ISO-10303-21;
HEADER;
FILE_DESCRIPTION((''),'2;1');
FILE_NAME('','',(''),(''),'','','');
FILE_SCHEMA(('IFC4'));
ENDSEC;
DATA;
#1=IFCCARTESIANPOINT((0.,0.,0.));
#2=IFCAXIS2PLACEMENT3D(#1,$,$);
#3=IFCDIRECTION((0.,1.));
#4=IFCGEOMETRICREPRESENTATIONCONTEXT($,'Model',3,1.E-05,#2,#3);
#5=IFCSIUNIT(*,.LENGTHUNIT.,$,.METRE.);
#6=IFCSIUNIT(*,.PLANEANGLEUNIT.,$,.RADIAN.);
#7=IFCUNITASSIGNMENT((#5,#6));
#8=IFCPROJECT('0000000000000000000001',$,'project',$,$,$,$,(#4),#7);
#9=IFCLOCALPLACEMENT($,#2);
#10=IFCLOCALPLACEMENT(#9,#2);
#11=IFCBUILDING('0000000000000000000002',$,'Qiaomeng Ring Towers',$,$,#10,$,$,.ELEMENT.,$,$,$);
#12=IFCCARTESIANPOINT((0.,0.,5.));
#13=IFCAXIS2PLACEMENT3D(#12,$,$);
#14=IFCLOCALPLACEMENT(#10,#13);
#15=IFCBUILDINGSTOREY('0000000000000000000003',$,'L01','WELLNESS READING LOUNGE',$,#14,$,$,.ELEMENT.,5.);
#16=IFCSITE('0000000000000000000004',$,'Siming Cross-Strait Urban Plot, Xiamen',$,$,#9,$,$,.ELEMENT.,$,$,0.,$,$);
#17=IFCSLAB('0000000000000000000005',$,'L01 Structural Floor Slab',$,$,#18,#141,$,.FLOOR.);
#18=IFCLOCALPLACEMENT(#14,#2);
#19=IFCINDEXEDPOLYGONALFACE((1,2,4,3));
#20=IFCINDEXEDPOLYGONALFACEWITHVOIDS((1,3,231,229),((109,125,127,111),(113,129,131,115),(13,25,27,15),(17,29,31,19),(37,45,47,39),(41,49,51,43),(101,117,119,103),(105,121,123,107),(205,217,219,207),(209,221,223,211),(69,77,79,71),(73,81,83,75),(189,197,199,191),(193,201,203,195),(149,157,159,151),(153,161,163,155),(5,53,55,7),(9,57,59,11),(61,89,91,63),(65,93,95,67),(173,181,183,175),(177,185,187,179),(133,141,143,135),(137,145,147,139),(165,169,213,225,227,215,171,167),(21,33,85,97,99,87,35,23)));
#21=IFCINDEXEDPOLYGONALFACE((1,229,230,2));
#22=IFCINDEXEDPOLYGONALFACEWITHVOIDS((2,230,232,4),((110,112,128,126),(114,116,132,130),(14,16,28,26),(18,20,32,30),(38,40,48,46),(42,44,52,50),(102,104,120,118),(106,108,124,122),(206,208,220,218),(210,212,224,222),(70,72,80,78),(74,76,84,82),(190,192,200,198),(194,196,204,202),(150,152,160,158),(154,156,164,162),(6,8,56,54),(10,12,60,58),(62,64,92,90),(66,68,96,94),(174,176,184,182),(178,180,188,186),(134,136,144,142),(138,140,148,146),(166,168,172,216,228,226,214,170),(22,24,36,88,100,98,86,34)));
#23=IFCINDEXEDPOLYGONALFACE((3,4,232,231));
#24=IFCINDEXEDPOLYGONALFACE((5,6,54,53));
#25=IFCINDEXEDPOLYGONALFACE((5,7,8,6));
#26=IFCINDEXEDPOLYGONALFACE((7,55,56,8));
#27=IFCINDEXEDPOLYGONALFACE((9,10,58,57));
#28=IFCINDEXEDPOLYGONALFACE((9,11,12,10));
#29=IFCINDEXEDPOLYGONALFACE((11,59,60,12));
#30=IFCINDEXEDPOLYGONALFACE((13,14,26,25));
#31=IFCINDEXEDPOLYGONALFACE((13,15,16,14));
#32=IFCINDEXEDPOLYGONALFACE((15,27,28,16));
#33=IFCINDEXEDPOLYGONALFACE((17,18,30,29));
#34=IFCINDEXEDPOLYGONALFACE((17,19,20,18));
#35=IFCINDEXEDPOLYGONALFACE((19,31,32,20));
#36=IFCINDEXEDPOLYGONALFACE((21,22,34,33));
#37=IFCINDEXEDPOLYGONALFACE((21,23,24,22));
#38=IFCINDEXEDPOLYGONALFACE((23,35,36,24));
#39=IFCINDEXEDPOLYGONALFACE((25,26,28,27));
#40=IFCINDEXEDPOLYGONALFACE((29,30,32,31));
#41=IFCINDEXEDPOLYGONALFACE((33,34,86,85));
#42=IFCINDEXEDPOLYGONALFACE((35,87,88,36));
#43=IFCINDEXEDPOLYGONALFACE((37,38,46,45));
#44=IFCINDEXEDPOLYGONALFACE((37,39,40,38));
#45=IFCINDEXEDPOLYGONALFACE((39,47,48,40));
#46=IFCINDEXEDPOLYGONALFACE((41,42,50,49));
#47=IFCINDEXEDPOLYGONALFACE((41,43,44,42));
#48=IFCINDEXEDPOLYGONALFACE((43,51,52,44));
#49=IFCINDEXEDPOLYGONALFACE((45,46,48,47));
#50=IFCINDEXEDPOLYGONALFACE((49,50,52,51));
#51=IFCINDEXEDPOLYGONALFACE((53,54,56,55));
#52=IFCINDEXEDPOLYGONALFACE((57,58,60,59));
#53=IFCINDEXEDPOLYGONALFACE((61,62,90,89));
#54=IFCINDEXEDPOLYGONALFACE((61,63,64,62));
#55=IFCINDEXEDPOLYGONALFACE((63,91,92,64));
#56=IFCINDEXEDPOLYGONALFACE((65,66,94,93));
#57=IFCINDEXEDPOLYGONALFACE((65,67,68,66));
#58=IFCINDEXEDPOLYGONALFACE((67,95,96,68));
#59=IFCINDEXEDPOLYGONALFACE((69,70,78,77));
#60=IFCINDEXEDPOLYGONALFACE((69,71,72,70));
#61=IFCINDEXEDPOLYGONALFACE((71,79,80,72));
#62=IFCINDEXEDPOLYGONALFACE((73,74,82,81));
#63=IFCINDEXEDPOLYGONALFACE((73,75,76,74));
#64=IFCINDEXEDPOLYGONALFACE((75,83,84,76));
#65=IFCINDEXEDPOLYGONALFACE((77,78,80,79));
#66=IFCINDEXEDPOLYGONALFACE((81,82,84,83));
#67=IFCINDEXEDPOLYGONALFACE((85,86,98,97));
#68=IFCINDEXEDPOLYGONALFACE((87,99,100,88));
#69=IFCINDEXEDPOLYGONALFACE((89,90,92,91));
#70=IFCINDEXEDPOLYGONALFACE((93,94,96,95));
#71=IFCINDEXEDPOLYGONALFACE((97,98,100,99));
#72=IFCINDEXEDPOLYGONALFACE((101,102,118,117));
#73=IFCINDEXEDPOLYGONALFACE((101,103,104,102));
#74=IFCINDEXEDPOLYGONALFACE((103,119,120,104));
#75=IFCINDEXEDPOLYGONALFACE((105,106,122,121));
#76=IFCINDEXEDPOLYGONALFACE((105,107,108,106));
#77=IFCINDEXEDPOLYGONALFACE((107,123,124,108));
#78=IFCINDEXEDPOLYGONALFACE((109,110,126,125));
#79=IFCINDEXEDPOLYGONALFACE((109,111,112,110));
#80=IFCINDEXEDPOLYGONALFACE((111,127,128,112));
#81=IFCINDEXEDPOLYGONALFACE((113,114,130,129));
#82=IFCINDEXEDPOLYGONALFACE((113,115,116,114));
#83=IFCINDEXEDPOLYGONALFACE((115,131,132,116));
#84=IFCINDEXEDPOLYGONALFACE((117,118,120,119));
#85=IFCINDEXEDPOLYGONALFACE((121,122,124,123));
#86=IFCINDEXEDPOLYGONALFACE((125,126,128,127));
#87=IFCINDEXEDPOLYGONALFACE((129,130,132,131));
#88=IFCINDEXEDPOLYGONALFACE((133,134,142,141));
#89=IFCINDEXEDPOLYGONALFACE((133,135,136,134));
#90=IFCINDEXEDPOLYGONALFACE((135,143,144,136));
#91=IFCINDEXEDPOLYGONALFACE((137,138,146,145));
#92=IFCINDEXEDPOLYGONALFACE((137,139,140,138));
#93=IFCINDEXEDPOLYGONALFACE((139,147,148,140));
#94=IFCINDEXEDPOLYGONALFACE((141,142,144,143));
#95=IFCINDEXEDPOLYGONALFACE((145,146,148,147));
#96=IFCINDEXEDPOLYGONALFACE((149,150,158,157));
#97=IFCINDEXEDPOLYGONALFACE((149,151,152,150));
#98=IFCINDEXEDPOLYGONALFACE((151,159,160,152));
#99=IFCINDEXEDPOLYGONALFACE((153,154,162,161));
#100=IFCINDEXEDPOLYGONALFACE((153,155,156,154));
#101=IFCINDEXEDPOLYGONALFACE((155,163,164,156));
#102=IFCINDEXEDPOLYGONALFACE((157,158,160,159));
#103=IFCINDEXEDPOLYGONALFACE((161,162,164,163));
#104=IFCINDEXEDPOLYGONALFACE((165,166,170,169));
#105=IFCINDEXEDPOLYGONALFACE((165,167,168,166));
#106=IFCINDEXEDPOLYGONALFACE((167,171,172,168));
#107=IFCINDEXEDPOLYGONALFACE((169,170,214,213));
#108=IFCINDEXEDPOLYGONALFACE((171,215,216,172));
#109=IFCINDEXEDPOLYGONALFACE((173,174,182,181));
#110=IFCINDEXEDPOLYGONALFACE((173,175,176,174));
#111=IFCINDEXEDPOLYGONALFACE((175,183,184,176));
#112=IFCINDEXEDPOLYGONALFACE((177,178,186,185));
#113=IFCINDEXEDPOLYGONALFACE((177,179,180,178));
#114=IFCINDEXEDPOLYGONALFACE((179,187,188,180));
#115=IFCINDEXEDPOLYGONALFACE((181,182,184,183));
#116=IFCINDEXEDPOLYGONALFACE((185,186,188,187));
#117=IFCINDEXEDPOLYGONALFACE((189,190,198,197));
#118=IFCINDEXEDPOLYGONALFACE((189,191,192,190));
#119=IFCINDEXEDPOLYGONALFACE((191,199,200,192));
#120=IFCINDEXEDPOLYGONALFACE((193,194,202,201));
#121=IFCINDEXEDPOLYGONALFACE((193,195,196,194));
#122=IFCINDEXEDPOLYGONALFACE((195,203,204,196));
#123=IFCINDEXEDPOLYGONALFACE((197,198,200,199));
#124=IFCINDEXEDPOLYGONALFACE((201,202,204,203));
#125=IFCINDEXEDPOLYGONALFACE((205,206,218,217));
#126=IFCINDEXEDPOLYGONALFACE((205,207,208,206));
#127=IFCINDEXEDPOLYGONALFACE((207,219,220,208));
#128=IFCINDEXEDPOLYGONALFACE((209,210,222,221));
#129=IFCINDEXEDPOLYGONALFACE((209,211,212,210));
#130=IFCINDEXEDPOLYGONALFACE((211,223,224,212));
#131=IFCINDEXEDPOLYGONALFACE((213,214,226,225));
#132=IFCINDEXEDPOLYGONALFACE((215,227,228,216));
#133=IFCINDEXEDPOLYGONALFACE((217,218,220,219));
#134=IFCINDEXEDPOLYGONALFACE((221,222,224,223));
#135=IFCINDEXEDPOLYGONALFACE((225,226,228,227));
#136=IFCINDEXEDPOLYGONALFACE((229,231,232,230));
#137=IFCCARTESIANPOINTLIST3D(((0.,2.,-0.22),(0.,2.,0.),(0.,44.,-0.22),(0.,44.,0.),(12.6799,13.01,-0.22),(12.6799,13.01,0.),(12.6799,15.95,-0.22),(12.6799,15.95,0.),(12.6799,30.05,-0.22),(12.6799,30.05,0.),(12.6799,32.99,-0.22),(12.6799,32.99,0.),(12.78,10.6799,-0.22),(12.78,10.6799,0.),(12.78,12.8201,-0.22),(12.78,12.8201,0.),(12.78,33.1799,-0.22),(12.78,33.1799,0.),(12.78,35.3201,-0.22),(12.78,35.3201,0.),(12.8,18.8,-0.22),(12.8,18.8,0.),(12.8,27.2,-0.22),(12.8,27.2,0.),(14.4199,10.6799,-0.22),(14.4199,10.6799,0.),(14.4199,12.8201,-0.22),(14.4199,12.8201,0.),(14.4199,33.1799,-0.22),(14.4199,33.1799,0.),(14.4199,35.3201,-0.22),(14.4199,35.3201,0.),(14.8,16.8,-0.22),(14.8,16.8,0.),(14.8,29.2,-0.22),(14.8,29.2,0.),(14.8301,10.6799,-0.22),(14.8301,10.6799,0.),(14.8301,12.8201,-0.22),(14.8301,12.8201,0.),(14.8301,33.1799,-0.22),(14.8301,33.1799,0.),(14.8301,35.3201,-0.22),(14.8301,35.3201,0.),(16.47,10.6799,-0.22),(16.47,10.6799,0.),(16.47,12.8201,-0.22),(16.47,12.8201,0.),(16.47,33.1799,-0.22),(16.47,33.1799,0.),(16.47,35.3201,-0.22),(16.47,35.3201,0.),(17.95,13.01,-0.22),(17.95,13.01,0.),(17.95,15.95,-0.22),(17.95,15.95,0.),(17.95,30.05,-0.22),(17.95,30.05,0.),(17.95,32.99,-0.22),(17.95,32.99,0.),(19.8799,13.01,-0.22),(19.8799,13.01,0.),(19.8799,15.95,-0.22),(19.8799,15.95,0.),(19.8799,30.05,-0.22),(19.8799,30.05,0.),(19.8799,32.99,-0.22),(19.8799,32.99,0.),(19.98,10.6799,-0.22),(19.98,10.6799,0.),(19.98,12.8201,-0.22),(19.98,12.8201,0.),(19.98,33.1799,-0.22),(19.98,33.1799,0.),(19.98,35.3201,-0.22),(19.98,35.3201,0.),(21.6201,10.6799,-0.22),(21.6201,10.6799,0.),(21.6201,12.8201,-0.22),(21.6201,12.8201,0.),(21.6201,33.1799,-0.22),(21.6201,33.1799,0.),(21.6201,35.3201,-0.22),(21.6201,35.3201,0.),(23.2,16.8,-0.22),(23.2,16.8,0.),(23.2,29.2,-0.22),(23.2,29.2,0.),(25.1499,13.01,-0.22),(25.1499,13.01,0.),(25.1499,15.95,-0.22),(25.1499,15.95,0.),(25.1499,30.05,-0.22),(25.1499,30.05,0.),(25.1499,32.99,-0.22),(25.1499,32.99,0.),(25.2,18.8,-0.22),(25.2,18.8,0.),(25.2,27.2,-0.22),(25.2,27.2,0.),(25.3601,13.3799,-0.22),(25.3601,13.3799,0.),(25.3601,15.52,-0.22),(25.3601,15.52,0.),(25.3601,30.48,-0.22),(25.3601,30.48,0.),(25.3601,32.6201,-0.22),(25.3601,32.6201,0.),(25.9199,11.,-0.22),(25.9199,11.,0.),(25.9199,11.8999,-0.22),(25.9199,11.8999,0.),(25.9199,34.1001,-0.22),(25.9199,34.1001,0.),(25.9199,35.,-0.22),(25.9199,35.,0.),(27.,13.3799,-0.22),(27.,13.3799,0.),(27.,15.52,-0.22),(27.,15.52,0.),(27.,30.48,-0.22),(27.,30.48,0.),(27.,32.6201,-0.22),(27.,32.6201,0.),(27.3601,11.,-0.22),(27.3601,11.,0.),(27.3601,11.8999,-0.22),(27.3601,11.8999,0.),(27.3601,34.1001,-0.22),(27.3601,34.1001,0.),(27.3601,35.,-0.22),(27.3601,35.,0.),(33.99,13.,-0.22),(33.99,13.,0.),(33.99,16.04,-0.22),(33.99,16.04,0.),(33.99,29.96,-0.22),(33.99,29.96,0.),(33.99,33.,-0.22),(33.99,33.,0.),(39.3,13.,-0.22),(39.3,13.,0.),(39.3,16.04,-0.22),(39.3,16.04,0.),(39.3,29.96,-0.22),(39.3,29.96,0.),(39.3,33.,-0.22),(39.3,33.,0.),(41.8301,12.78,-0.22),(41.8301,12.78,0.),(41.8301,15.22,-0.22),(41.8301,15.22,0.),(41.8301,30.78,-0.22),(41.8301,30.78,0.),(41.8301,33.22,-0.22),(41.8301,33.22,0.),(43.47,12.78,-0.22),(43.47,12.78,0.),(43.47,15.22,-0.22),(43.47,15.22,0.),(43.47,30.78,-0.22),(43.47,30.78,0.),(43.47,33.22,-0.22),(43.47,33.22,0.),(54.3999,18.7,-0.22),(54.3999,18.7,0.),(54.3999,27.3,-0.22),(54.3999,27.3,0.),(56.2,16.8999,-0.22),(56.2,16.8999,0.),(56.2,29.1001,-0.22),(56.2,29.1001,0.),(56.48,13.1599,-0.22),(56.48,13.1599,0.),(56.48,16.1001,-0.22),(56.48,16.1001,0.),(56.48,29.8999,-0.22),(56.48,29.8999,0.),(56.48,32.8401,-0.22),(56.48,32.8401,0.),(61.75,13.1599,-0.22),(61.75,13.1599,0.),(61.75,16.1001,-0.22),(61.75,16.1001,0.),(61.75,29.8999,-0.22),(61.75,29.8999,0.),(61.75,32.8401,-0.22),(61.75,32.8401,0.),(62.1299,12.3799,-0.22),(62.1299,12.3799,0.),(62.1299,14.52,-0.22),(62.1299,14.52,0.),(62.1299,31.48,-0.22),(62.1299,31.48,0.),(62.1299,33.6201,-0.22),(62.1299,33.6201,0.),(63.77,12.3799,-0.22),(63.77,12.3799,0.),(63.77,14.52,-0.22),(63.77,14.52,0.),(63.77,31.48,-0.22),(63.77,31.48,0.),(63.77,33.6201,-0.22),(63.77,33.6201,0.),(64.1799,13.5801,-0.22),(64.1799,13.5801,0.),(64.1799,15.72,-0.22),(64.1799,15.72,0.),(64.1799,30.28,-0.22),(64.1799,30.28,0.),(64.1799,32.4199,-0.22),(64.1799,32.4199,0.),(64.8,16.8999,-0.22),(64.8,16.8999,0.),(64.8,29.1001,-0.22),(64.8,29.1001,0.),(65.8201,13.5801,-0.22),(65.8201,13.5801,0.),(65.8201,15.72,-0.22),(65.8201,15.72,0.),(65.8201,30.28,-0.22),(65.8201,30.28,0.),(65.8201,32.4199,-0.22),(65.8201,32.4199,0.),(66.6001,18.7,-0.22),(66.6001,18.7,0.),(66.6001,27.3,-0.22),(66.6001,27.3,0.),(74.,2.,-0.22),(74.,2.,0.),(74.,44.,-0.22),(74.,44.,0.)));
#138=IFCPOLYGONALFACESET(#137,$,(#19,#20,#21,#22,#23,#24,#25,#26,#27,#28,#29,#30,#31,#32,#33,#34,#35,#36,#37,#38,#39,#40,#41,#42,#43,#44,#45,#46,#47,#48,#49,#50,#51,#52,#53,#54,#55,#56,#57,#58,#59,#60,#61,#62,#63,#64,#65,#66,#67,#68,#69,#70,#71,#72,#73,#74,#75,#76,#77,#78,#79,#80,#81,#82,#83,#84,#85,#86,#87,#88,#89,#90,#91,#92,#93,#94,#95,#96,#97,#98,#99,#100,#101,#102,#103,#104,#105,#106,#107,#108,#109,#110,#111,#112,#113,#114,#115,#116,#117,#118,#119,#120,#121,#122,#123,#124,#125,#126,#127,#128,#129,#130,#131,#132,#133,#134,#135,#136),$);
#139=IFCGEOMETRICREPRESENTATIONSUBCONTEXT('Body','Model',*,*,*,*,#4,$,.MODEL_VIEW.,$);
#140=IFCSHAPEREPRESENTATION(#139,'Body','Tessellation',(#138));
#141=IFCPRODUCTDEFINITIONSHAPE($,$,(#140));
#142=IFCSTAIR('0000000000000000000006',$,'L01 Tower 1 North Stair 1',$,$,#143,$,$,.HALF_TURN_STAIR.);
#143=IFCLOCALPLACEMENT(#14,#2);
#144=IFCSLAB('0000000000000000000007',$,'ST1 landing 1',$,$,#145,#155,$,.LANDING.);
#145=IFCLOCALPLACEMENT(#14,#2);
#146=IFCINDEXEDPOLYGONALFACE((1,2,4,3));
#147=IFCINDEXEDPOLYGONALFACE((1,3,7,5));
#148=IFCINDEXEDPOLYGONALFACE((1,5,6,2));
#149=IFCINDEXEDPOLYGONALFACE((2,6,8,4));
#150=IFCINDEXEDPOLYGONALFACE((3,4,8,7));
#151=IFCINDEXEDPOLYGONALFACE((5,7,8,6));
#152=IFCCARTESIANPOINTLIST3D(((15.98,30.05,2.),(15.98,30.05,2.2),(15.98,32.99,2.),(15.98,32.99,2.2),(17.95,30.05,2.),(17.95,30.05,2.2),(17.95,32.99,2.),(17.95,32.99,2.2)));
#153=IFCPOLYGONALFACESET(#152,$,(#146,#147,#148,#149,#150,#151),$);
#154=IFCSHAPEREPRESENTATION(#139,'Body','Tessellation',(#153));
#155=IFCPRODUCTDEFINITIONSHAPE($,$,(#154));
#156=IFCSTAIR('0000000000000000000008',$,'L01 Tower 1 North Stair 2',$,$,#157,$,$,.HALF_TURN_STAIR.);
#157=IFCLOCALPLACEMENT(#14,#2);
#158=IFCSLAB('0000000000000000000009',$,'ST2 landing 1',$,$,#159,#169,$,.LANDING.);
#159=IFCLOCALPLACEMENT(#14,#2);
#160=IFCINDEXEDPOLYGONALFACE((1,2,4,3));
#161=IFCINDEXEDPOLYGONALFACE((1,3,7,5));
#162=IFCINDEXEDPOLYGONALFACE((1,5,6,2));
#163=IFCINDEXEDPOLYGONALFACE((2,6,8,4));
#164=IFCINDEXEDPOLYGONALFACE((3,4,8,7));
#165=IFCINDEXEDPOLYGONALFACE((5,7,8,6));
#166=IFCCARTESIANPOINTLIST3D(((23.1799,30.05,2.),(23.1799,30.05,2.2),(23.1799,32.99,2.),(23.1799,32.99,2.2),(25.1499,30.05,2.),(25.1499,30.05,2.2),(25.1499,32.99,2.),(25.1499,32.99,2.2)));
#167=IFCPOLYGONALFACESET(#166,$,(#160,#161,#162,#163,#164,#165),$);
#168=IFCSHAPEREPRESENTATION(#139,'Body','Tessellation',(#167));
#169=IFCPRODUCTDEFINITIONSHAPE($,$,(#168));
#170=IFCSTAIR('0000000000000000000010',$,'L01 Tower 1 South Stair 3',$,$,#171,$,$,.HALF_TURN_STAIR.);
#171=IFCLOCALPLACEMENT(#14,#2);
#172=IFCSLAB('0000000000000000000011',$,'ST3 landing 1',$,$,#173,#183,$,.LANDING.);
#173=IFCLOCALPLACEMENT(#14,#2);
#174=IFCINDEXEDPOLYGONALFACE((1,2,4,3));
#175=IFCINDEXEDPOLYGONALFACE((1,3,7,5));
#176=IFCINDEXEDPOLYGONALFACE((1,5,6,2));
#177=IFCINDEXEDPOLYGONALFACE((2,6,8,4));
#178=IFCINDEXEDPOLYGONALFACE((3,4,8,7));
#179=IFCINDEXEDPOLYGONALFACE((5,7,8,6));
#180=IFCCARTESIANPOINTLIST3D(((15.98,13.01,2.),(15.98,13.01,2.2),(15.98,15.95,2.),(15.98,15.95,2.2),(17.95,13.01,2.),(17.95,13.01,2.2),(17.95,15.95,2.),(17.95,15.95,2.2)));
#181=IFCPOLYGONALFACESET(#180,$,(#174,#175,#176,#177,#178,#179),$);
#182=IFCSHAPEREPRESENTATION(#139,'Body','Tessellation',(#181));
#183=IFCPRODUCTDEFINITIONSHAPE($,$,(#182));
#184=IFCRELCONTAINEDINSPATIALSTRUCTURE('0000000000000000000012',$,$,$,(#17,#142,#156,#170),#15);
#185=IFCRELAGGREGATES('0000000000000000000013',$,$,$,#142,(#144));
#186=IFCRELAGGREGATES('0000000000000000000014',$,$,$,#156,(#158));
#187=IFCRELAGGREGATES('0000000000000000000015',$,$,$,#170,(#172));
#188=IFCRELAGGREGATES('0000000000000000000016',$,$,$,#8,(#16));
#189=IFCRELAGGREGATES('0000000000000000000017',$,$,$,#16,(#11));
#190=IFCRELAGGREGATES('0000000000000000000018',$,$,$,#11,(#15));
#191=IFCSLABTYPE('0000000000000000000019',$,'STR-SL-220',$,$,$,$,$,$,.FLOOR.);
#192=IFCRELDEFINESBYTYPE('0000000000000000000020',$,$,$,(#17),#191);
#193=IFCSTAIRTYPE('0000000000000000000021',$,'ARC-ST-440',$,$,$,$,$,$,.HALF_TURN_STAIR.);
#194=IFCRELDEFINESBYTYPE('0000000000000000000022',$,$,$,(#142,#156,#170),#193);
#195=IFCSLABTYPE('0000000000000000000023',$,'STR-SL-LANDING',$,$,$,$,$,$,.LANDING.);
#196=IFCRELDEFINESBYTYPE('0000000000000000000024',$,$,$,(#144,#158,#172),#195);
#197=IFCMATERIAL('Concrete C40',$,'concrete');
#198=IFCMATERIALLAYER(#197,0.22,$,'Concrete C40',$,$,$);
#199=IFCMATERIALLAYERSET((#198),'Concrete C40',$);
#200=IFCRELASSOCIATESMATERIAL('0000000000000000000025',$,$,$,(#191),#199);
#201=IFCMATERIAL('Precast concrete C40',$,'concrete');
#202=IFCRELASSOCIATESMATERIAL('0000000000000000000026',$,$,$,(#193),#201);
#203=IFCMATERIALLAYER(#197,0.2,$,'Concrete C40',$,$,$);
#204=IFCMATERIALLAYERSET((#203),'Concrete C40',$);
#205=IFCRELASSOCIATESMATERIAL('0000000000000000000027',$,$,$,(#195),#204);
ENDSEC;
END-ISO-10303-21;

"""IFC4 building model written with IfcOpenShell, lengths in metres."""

from ifc_helpers import new_model, si_unit, direction, frame, origin, place, context, subcontext, project, spatial, polyline, outline, extrude, material, layer, layer_set, type_object, element, aggregate, save


model = new_model("IFC4")

# Units and contexts
model_context = context("Model", 3, precision=1e-05, world=origin(), true_north=direction((0.0, 1.0)))
body_context = subcontext(model_context, "Body", "Model", "MODEL_VIEW")
ifc_project = project(units=[si_unit("LENGTHUNIT", "METRE"), si_unit("PLANEANGLEUNIT", "RADIAN")], contexts=[model_context])

# Site, building, storey
site_placement = place(None, origin())
site = spatial("IfcSite", under=ifc_project, at=site_placement, Name="Siming Cross-Strait Urban Plot, Xiamen", CompositionType="ELEMENT", RefElevation=0.0)
building_placement = place(site_placement, origin())
building = spatial("IfcBuilding", under=site, at=building_placement, Name="Qiaomeng Ring Towers", CompositionType="ELEMENT")
storey_placement = place(building_placement, frame((0.0, 0.0, 5.0)))
storey = spatial("IfcBuildingStorey", under=building, at=storey_placement, Name="L01", Description="WELLNESS READING LOUNGE", CompositionType="ELEMENT", Elevation=5.0)

# Slab
ifc_material_1 = material(Name="Concrete C40", Category="concrete")
ifc_layer_1 = layer(ifc_material_1, 0.22, Name="Concrete C40")
ifc_layer_set_1 = layer_set([ifc_layer_1], Name="Concrete C40")
slab_type_1 = type_object("IfcSlabType", Name="STR-SL-220", PredefinedType="FLOOR", material=ifc_layer_set_1)
slab_1_placement = place(storey_placement, frame((0.0, 0.0, -0.22)))
element("IfcSlab", 1, at=slab_1_placement, inside=storey, type_object=slab_type_1, Name="L01 Structural Floor Slab", PredefinedType="FLOOR", context=body_context, shape_type="SweptSolid", body=[
    extrude(outline(polyline([(0.0, 2.0), (74.0, 2.0), (74.0, 44.0), (0.0, 44.0), (0.0, 2.0)]), holes=[polyline([(12.78, 12.8201), (14.4199, 12.8201), (14.4199, 10.6799), (12.78, 10.6799), (12.78, 12.8201)]), polyline([(16.47, 12.8201), (16.47, 10.6799), (14.8301, 10.6799), (14.8301, 12.8201), (16.47, 12.8201)]), polyline([(21.6201, 12.8201), (21.6201, 10.6799), (19.98, 10.6799), (19.98, 12.8201), (21.6201, 12.8201)]), polyline([(27.0, 15.52), (27.0, 13.3799), (25.3601, 13.3799), (25.3601, 15.52), (27.0, 15.52)]), polyline([(17.95, 15.95), (17.95, 13.01), (12.6799, 13.01), (12.6799, 15.95), (17.95, 15.95)]), polyline([(25.1499, 15.95), (25.1499, 13.01), (19.8799, 13.01), (19.8799, 15.95), (25.1499, 15.95)]), polyline([(25.2, 18.8), (23.2, 16.8), (14.8, 16.8), (12.8, 18.8), (12.8, 27.2), (14.8, 29.2), (23.2, 29.2), (25.2, 27.2), (25.2, 18.8)]), polyline([(12.6799, 32.99), (17.95, 32.99), (17.95, 30.05), (12.6799, 30.05), (12.6799, 32.99)]), polyline([(25.1499, 32.99), (25.1499, 30.05), (19.8799, 30.05), (19.8799, 32.99), (25.1499, 32.99)]), polyline([(27.0, 32.6201), (27.0, 30.48), (25.3601, 30.48), (25.3601, 32.6201), (27.0, 32.6201)]), polyline([(14.4199, 35.3201), (14.4199, 33.1799), (12.78, 33.1799), (12.78, 35.3201), (14.4199, 35.3201)]), polyline([(16.47, 35.3201), (16.47, 33.1799), (14.8301, 33.1799), (14.8301, 35.3201), (16.47, 35.3201)]), polyline([(21.6201, 35.3201), (21.6201, 33.1799), (19.98, 33.1799), (19.98, 35.3201), (21.6201, 35.3201)]), polyline([(27.3601, 35.0), (27.3601, 34.1001), (25.9199, 34.1001), (25.9199, 35.0), (27.3601, 35.0)]), polyline([(25.9199, 11.8999), (27.3601, 11.8999), (27.3601, 11.0), (25.9199, 11.0), (25.9199, 11.8999)]), polyline([(63.77, 14.52), (63.77, 12.3799), (62.1299, 12.3799), (62.1299, 14.52), (63.77, 14.52)]), polyline([(43.47, 15.22), (43.47, 12.78), (41.8301, 12.78), (41.8301, 15.22), (43.47, 15.22)]), polyline([(39.3, 16.04), (39.3, 13.0), (33.99, 13.0), (33.99, 16.04), (39.3, 16.04)]), polyline([(61.75, 16.1001), (61.75, 13.1599), (56.48, 13.1599), (56.48, 16.1001), (61.75, 16.1001)]), polyline([(65.8201, 15.72), (65.8201, 13.5801), (64.1799, 13.5801), (64.1799, 15.72), (65.8201, 15.72)]), polyline([(66.6001, 27.3), (66.6001, 18.7), (64.8, 16.8999), (56.2, 16.8999), (54.3999, 18.7), (54.3999, 27.3), (56.2, 29.1001), (64.8, 29.1001), (66.6001, 27.3)]), polyline([(65.8201, 32.4199), (65.8201, 30.28), (64.1799, 30.28), (64.1799, 32.4199), (65.8201, 32.4199)]), polyline([(61.75, 32.8401), (61.75, 29.8999), (56.48, 29.8999), (56.48, 32.8401), (61.75, 32.8401)]), polyline([(39.3, 33.0), (39.3, 29.96), (33.99, 29.96), (33.99, 33.0), (39.3, 33.0)]), polyline([(43.47, 33.22), (43.47, 30.78), (41.8301, 30.78), (41.8301, 33.22), (43.47, 33.22)]), polyline([(63.77, 33.6201), (63.77, 31.48), (62.1299, 31.48), (62.1299, 33.6201), (63.77, 33.6201)])]), origin(), (0.0, 0.0, 1.0), 0.22),
])

# Stairs, slabs
ifc_material_2 = material(Name="Precast concrete C40", Category="concrete")
stair_type_1 = type_object("IfcStairType", Name="ARC-ST-440", PredefinedType="HALF_TURN_STAIR", material=ifc_material_2)
stair_1_placement = place(storey_placement, origin())
stair_1 = element("IfcStair", 2, at=stair_1_placement, inside=storey, type_object=stair_type_1, Name="L01 Tower 1 North Stair 1", PredefinedType="HALF_TURN_STAIR")
ifc_layer_2 = layer(ifc_material_1, 0.2, Name="Concrete C40")
ifc_layer_set_2 = layer_set([ifc_layer_2], Name="Concrete C40")
slab_type_2 = type_object("IfcSlabType", Name="STR-SL-LANDING", PredefinedType="LANDING", material=ifc_layer_set_2)
slab_2_placement = place(storey_placement, frame((0.0, 0.0, 2.0)))
slab_2 = element("IfcSlab", 3, at=slab_2_placement, type_object=slab_type_2, Name="ST1 landing 1", PredefinedType="LANDING", context=body_context, shape_type="SweptSolid", body=[
    extrude(outline(polyline([(15.98, 30.05), (17.95, 30.05), (17.95, 32.99), (15.98, 32.99), (15.98, 30.05)])), origin(), (0.0, 0.0, 1.0), 0.2),
])
aggregate(stair_1, [slab_2])
stair_2_placement = place(storey_placement, origin())
stair_2 = element("IfcStair", 4, at=stair_2_placement, inside=storey, type_object=stair_type_1, Name="L01 Tower 1 North Stair 2", PredefinedType="HALF_TURN_STAIR")
slab_3_placement = place(storey_placement, frame((0.0, 0.0, 2.0)))
slab_3 = element("IfcSlab", 5, at=slab_3_placement, type_object=slab_type_2, Name="ST2 landing 1", PredefinedType="LANDING", context=body_context, shape_type="SweptSolid", body=[
    extrude(outline(polyline([(23.1799, 30.05), (25.1499, 30.05), (25.1499, 32.99), (23.1799, 32.99), (23.1799, 30.05)])), origin(), (0.0, 0.0, 1.0), 0.2),
])
aggregate(stair_2, [slab_3])
stair_3_placement = place(storey_placement, origin())
stair_3 = element("IfcStair", 6, at=stair_3_placement, inside=storey, type_object=stair_type_1, Name="L01 Tower 1 South Stair 3", PredefinedType="HALF_TURN_STAIR")
slab_4_placement = place(storey_placement, frame((0.0, 0.0, 2.0)))
slab_4 = element("IfcSlab", 7, at=slab_4_placement, type_object=slab_type_2, Name="ST3 landing 1", PredefinedType="LANDING", context=body_context, shape_type="SweptSolid", body=[
    extrude(outline(polyline([(15.98, 13.01), (17.95, 13.01), (17.95, 15.95), (15.98, 15.95), (15.98, 13.01)])), origin(), (0.0, 0.0, 1.0), 0.2),
])
aggregate(stair_3, [slab_4])

save(model, "model.ifc")
